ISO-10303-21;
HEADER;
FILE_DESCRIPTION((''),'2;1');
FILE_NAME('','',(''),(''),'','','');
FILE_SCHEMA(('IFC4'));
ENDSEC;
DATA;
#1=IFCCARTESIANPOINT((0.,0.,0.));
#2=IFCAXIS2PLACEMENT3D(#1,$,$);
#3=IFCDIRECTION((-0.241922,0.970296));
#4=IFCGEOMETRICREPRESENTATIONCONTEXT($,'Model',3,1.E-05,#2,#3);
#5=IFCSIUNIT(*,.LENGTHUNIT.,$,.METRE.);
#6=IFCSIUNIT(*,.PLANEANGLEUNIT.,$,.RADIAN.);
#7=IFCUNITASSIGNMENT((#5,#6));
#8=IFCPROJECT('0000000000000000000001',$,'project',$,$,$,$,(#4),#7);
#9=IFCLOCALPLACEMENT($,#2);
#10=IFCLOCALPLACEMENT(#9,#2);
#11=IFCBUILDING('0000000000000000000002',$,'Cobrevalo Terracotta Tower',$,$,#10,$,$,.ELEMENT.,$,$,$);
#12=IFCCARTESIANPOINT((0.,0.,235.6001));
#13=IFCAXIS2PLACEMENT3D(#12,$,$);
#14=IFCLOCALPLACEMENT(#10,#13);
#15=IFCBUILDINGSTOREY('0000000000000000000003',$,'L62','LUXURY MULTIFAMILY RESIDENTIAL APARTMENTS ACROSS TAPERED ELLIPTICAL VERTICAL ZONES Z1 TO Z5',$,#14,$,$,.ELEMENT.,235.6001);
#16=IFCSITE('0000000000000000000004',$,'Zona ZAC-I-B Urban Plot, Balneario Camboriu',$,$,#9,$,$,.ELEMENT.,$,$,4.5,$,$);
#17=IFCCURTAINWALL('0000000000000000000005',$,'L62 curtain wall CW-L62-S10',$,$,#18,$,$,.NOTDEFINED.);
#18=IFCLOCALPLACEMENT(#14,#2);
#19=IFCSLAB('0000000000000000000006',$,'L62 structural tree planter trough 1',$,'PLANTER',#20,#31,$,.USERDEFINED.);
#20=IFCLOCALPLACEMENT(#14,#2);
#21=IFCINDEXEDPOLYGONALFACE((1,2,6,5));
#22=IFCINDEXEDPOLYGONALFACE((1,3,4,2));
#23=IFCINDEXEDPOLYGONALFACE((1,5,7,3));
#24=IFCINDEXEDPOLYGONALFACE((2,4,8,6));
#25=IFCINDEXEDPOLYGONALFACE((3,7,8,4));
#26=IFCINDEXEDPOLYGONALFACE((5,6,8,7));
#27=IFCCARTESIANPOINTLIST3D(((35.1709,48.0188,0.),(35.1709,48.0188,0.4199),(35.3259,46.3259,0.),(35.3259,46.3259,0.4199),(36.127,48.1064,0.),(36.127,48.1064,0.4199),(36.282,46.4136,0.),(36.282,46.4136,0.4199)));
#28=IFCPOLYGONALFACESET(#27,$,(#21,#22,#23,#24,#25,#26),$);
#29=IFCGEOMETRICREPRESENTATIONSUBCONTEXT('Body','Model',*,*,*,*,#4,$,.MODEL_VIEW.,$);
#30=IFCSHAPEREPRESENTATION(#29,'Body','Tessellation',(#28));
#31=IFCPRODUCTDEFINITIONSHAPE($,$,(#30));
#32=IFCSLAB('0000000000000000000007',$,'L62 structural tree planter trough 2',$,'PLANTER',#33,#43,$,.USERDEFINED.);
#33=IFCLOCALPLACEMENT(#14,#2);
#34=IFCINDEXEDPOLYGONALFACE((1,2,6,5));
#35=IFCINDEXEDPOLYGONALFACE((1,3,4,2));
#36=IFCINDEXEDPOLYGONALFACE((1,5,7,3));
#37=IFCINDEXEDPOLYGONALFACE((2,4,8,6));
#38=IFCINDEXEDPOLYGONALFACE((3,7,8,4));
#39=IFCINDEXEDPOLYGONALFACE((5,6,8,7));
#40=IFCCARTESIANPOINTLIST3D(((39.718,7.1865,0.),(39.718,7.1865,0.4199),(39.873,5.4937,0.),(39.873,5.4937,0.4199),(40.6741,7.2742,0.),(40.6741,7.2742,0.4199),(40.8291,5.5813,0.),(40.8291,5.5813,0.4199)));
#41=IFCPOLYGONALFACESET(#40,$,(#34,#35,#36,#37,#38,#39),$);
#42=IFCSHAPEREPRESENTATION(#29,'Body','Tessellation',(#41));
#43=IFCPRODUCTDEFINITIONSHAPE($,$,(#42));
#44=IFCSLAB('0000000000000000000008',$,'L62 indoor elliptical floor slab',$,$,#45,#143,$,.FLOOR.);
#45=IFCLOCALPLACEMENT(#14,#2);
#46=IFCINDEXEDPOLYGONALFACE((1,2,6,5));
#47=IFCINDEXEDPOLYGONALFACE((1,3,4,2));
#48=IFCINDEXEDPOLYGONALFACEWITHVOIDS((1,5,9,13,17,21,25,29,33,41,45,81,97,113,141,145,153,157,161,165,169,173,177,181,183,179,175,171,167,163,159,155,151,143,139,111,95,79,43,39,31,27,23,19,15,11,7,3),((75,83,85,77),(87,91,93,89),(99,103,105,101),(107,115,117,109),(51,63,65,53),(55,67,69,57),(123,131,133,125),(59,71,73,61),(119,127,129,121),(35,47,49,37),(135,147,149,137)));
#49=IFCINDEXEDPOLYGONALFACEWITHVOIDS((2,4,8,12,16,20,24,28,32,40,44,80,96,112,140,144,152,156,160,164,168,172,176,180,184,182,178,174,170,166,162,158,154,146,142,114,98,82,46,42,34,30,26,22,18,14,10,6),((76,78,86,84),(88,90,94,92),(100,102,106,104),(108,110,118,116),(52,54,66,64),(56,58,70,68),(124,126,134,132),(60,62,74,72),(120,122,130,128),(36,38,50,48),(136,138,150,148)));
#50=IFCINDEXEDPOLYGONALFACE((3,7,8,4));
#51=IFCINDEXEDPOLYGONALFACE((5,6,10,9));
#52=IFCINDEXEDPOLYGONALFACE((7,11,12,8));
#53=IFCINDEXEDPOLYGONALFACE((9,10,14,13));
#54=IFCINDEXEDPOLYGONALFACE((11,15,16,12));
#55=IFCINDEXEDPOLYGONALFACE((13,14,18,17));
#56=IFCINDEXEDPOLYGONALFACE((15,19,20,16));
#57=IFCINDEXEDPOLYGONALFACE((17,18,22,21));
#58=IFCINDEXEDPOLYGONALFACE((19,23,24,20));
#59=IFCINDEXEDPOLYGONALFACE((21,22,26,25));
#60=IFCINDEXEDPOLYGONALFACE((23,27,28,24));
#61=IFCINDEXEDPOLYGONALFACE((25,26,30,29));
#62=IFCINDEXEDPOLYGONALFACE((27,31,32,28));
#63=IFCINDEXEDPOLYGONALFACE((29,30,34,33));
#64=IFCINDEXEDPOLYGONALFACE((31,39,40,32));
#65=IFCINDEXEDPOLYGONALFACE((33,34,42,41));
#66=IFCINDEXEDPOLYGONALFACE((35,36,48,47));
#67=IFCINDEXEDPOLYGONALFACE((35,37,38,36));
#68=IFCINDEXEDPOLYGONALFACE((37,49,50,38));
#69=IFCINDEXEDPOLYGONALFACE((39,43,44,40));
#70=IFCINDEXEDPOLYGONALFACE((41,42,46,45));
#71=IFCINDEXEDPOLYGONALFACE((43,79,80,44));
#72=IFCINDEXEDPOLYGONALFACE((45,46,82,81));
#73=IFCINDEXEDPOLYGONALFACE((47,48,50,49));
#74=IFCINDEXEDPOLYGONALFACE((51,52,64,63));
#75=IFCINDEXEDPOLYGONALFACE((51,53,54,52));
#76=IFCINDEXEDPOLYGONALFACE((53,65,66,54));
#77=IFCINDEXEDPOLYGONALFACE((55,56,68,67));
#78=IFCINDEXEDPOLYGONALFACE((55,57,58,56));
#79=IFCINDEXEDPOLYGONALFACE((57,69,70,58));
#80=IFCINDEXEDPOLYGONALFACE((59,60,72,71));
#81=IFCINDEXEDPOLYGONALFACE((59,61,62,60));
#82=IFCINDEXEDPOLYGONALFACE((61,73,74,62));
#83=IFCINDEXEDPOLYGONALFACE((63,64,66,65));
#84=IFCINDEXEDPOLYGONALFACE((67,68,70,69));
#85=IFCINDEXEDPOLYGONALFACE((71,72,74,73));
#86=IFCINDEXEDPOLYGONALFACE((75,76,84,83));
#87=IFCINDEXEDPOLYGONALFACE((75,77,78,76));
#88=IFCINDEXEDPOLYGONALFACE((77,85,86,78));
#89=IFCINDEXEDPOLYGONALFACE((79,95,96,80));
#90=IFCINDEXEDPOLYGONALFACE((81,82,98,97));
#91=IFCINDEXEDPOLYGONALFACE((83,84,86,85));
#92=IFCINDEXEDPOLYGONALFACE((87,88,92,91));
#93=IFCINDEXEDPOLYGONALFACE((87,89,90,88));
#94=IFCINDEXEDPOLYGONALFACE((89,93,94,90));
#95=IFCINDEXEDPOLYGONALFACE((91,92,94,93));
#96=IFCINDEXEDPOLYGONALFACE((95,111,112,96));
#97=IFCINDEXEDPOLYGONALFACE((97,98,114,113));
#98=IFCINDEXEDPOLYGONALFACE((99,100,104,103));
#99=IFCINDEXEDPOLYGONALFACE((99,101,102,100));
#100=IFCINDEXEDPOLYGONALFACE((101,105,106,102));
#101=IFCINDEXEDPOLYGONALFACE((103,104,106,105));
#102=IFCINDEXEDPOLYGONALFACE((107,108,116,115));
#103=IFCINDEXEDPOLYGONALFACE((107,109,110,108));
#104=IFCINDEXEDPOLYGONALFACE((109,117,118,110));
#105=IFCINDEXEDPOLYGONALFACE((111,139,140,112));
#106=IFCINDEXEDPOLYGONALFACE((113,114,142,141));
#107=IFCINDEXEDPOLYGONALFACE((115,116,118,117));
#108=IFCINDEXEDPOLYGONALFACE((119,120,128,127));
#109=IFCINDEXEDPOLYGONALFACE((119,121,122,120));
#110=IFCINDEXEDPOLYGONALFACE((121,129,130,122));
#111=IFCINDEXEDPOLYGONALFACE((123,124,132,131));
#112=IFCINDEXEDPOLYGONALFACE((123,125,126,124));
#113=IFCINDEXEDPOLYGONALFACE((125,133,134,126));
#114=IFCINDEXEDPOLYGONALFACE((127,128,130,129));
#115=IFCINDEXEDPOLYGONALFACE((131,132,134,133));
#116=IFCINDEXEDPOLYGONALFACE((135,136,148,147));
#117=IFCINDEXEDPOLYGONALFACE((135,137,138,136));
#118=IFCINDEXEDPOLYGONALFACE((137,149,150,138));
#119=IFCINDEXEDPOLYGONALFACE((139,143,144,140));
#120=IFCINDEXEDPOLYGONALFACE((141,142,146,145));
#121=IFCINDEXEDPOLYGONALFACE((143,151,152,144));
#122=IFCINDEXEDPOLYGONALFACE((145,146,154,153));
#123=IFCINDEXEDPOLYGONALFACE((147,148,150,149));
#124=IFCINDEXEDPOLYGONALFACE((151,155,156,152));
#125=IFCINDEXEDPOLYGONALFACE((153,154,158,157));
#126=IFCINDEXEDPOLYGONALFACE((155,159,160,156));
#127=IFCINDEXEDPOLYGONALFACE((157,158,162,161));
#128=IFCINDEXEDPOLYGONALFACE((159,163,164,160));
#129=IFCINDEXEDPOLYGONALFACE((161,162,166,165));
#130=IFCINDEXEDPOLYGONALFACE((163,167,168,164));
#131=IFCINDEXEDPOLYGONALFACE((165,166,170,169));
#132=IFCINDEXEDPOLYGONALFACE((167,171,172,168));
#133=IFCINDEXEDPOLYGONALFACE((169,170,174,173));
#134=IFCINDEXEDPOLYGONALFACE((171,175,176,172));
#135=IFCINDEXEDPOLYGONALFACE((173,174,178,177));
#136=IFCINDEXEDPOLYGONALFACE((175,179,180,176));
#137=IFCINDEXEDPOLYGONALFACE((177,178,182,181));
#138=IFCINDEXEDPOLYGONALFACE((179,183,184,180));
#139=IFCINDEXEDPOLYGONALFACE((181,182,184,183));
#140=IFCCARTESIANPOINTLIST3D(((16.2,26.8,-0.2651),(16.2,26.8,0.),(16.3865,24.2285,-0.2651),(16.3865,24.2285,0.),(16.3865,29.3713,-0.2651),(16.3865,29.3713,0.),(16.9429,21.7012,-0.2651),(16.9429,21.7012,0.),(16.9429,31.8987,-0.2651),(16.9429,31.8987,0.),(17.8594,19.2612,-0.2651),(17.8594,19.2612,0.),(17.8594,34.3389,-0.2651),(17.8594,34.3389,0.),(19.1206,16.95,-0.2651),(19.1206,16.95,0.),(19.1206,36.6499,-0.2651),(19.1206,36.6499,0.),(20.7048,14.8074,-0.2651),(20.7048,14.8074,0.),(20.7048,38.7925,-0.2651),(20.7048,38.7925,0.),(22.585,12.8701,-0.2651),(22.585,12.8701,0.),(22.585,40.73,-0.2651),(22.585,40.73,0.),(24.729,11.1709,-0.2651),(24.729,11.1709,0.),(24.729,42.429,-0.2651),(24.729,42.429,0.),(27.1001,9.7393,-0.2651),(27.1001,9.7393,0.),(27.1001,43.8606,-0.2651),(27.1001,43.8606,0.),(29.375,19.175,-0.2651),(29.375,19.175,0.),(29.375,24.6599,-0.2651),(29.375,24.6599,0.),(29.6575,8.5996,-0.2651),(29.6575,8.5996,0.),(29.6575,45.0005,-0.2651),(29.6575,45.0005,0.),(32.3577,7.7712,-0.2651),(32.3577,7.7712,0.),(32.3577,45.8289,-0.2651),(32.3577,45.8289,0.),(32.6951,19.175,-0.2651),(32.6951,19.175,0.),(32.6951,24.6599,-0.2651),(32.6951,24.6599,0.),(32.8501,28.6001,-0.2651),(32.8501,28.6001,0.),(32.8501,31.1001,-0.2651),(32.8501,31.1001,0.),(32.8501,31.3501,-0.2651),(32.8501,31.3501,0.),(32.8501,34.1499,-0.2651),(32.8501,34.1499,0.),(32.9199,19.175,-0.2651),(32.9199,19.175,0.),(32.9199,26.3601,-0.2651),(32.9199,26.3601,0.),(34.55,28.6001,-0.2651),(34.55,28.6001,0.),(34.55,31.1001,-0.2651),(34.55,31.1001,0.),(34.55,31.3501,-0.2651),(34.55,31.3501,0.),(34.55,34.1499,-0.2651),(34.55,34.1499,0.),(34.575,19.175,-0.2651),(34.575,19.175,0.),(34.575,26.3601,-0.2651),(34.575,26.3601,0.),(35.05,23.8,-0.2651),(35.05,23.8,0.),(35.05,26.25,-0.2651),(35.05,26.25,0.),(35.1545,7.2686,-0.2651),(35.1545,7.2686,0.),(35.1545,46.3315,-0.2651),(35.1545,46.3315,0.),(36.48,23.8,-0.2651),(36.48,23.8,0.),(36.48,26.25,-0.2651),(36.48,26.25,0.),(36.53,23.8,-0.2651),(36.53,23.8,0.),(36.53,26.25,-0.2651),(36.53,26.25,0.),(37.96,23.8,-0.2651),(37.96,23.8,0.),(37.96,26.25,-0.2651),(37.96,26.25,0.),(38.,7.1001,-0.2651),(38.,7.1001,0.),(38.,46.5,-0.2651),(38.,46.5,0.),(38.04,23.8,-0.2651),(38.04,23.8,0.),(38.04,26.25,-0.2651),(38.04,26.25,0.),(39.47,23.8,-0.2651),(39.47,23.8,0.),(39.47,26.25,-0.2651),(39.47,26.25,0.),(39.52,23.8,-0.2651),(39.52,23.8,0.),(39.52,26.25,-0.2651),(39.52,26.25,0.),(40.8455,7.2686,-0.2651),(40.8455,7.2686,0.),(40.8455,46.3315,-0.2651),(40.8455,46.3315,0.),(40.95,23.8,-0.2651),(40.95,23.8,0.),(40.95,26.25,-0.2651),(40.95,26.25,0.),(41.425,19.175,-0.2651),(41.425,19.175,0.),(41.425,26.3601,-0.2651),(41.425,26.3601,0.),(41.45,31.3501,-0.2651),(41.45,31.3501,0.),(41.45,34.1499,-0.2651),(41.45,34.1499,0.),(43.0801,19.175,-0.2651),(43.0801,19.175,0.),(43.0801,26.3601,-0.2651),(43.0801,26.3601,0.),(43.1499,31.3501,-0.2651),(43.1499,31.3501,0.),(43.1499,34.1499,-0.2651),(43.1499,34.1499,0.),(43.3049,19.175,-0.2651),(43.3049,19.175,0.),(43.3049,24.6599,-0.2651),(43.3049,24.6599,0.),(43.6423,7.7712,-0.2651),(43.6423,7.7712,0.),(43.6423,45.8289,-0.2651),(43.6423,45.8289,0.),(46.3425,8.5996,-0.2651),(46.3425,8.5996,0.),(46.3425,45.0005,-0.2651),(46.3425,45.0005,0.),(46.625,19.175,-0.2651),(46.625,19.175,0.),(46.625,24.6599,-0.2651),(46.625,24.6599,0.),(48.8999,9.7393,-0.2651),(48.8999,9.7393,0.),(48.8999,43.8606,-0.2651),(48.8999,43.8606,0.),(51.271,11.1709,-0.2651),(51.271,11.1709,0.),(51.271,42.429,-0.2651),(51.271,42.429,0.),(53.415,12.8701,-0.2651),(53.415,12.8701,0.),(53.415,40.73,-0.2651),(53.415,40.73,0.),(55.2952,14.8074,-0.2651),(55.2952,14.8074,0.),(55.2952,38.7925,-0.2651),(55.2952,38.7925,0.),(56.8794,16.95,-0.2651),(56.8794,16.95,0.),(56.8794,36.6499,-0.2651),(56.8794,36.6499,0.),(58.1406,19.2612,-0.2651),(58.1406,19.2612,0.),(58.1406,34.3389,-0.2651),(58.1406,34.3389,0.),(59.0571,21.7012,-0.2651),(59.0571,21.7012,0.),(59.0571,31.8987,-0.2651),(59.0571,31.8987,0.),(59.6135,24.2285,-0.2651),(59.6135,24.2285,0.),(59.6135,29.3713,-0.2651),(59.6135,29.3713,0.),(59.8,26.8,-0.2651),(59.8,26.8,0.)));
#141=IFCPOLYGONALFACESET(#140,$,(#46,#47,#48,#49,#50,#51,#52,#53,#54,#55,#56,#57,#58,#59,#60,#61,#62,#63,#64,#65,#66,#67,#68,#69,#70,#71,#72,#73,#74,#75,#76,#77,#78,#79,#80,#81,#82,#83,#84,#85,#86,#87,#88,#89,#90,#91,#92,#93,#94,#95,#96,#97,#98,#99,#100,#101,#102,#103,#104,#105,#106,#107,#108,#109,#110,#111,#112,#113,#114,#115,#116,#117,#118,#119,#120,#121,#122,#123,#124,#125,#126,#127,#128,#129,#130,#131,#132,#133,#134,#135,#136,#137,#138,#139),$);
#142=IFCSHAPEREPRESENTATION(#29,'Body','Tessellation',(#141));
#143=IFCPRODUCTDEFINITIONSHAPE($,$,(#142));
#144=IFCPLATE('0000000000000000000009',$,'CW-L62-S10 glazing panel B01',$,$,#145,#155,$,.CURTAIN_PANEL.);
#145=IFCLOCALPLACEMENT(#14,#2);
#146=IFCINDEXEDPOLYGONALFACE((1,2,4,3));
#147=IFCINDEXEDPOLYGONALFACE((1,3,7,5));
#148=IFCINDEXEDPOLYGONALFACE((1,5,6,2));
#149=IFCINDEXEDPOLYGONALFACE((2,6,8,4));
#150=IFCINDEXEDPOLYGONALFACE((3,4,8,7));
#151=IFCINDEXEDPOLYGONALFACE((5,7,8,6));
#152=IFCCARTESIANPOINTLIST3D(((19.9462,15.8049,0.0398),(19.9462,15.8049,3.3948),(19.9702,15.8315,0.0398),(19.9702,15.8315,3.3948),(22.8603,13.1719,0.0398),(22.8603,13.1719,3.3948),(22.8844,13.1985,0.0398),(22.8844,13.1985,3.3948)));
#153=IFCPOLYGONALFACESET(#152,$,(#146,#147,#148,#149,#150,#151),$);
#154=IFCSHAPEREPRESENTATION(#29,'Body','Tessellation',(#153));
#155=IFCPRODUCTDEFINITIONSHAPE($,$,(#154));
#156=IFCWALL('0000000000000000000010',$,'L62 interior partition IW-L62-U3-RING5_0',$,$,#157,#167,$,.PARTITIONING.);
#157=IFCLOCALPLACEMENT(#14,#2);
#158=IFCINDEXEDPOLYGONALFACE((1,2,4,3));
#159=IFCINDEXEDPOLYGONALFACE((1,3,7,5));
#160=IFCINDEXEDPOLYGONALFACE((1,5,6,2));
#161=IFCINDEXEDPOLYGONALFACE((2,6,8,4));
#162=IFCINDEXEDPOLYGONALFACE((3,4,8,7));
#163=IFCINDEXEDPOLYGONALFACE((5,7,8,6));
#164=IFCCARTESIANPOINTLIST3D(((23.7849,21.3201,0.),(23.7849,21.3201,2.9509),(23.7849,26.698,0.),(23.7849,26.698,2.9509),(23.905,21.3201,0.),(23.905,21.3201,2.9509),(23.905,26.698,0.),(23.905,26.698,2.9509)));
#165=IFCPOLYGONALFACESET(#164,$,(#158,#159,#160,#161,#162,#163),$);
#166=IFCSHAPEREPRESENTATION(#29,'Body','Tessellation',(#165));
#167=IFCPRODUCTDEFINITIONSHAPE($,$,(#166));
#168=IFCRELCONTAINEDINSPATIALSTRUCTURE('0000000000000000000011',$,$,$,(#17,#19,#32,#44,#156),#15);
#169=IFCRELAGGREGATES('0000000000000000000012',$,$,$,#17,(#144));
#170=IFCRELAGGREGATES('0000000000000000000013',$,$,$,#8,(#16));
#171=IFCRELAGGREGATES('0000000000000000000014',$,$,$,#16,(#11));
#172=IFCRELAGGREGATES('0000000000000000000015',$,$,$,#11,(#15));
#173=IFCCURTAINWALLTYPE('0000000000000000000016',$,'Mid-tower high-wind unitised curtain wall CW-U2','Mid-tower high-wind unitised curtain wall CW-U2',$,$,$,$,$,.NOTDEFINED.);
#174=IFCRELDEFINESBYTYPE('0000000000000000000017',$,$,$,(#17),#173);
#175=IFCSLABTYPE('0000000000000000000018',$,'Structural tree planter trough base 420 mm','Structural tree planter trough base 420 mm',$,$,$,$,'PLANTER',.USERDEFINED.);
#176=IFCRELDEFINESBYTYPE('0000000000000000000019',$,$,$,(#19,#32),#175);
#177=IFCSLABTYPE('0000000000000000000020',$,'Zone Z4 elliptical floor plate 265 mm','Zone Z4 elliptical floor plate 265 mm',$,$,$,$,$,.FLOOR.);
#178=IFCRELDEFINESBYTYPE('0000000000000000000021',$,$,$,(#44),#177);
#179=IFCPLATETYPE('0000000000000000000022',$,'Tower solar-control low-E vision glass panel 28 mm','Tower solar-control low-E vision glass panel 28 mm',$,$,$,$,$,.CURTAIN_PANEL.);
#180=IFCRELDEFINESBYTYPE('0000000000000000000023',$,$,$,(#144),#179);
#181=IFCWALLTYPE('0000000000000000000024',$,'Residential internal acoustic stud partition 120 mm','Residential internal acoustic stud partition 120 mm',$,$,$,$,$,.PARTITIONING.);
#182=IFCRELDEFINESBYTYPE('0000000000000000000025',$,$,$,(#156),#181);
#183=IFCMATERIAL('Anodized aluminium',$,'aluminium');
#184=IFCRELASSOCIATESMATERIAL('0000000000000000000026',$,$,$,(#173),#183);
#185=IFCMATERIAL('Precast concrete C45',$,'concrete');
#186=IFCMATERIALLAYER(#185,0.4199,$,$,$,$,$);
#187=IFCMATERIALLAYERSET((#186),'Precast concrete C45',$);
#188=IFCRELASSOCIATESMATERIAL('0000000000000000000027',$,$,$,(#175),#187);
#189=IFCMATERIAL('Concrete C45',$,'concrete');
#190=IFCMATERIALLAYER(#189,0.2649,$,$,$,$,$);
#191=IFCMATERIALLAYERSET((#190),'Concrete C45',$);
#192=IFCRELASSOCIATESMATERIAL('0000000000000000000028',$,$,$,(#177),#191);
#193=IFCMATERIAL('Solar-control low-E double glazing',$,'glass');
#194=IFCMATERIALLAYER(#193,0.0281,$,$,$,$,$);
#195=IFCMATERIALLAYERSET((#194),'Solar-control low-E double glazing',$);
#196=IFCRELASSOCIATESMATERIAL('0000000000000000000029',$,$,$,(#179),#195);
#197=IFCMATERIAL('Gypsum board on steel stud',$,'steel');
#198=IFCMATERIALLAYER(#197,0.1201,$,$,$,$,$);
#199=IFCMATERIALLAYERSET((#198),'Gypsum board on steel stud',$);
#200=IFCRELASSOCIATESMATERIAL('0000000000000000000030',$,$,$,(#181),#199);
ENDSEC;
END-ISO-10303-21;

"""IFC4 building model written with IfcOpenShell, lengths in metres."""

from ifc_helpers import new_model, si_unit, direction, frame, frame_2d, origin, origin_2d, place, context, subcontext, project, spatial, polyline, rectangle, outline, extrude, source, transform, mapped, material, layer, layer_set, type_object, element, aggregate, save


model = new_model("IFC4")

# Units and contexts
model_context = context("Model", 3, precision=1e-05, world=origin(), true_north=direction((-0.241922, 0.970296)))
body_context = subcontext(model_context, "Body", "Model", "MODEL_VIEW")
ifc_project = project(units=[si_unit("LENGTHUNIT", "METRE"), si_unit("PLANEANGLEUNIT", "RADIAN")], contexts=[model_context])

# Site, building, storey
site_placement = place(None, origin())
site = spatial("IfcSite", under=ifc_project, at=site_placement, Name="Zona ZAC-I-B Urban Plot, Balneario Camboriu", CompositionType="ELEMENT", RefElevation=4.5)
building_placement = place(site_placement, origin())
building = spatial("IfcBuilding", under=site, at=building_placement, Name="Cobrevalo Terracotta Tower", CompositionType="ELEMENT")
storey_placement = place(building_placement, frame((0.0, 0.0, 235.6001)))
storey = spatial("IfcBuildingStorey", under=building, at=storey_placement, Name="L62", Description="LUXURY MULTIFAMILY RESIDENTIAL APARTMENTS ACROSS TAPERED ELLIPTICAL VERTICAL ZONES Z1 TO Z5", CompositionType="ELEMENT", Elevation=235.6001)

# Curtain wall
ifc_material_1 = material(Name="Anodized aluminium", Category="aluminium")
curtain_wall_type = type_object("IfcCurtainWallType", Name="Mid-tower high-wind unitised curtain wall CW-U2", Description="Mid-tower high-wind unitised curtain wall CW-U2", PredefinedType="NOTDEFINED", material=ifc_material_1)
curtain_wall_placement = place(storey_placement, origin())
curtain_wall = element("IfcCurtainWall", 1, at=curtain_wall_placement, inside=storey, type_object=curtain_wall_type, Name="L62 curtain wall CW-L62-S10", PredefinedType="NOTDEFINED")

# Slabs
ifc_material_2 = material(Name="Concrete C45", Category="concrete")
ifc_material_3 = material(Name="Precast concrete C45", Category="concrete")
ifc_layer_1 = layer(ifc_material_3, 0.4199)
ifc_layer_set_1 = layer_set([ifc_layer_1], Name="Precast concrete C45")
slab_type_1 = type_object("IfcSlabType", Name="Structural tree planter trough base 420 mm", Description="Structural tree planter trough base 420 mm", ElementType="PLANTER", PredefinedType="USERDEFINED", material=ifc_layer_set_1)
slab_1_placement = place(storey_placement, origin())
element("IfcSlab", 2, at=slab_1_placement, inside=storey, type_object=slab_type_1, Name="L62 structural tree planter trough 1", ObjectType="PLANTER", PredefinedType="USERDEFINED", context=body_context, shape_type="SweptSolid", body=[
    extrude(outline(polyline([(36.282, 46.4136), (36.127, 48.1064), (35.1709, 48.0188), (35.3259, 46.3259), (36.282, 46.4136)])), origin(), (0.0, 0.0, 1.0), 0.4199),
])
slab_2_placement = place(storey_placement, origin())
element("IfcSlab", 3, at=slab_2_placement, inside=storey, type_object=slab_type_1, Name="L62 structural tree planter trough 2", ObjectType="PLANTER", PredefinedType="USERDEFINED", context=body_context, shape_type="SweptSolid", body=[
    extrude(outline(polyline([(39.718, 7.1865), (39.873, 5.4937), (40.8291, 5.5813), (40.6741, 7.2742), (39.718, 7.1865)])), origin(), (0.0, 0.0, 1.0), 0.4199),
])
ifc_layer_2 = layer(ifc_material_2, 0.2649)
ifc_layer_set_2 = layer_set([ifc_layer_2], Name="Concrete C45")
slab_type_2 = type_object("IfcSlabType", Name="Zone Z4 elliptical floor plate 265 mm", Description="Zone Z4 elliptical floor plate 265 mm", PredefinedType="FLOOR", material=ifc_layer_set_2)
slab_3_placement = place(storey_placement, frame((0.0, 0.0, -0.2651)))
element("IfcSlab", 4, at=slab_3_placement, inside=storey, type_object=slab_type_2, Name="L62 indoor elliptical floor slab", PredefinedType="FLOOR", context=body_context, shape_type="SweptSolid", body=[
    extrude(outline(polyline([(59.6135, 24.2285), (59.0571, 21.7012), (58.1406, 19.2612), (56.8794, 16.95), (55.2952, 14.8074), (53.415, 12.8701), (51.271, 11.1709), (48.8999, 9.7393), (46.3425, 8.5996), (43.6423, 7.7712), (40.8455, 7.2686), (38.0, 7.1001), (35.1545, 7.2686), (32.3577, 7.7712), (29.6575, 8.5996), (27.1001, 9.7393), (24.729, 11.1709), (22.585, 12.8701), (20.7048, 14.8074), (19.1206, 16.95), (17.8594, 19.2612), (16.9429, 21.7012), (16.3865, 24.2285), (16.2, 26.8), (16.3865, 29.3713), (16.9429, 31.8987), (17.8594, 34.3389), (19.1206, 36.6499), (20.7048, 38.7925), (22.585, 40.73), (24.729, 42.429), (27.1001, 43.8606), (29.6575, 45.0005), (32.3577, 45.8289), (35.1545, 46.3315), (38.0, 46.5), (40.8455, 46.3315), (43.6423, 45.8289), (46.3425, 45.0005), (48.8999, 43.8606), (51.271, 42.429), (53.415, 40.73), (55.2952, 38.7925), (56.8794, 36.6499), (58.1406, 34.3389), (59.0571, 31.8987), (59.6135, 29.3713), (59.8, 26.8), (59.6135, 24.2285)]), holes=[polyline([(32.6951, 19.175), (32.6951, 24.6599), (29.375, 24.6599), (29.375, 19.175), (32.6951, 19.175)]), polyline([(34.575, 26.3601), (32.9199, 26.3601), (32.9199, 19.175), (34.575, 19.175), (34.575, 26.3601)]), polyline([(36.48, 26.25), (35.05, 26.25), (35.05, 23.8), (36.48, 23.8), (36.48, 26.25)]), polyline([(37.96, 23.8), (37.96, 26.25), (36.53, 26.25), (36.53, 23.8), (37.96, 23.8)]), polyline([(34.55, 28.6001), (34.55, 31.1001), (32.8501, 31.1001), (32.8501, 28.6001), (34.55, 28.6001)]), polyline([(34.55, 34.1499), (32.8501, 34.1499), (32.8501, 31.3501), (34.55, 31.3501), (34.55, 34.1499)]), polyline([(43.3049, 19.175), (46.625, 19.175), (46.625, 24.6599), (43.3049, 24.6599), (43.3049, 19.175)]), polyline([(43.0801, 19.175), (43.0801, 26.3601), (41.425, 26.3601), (41.425, 19.175), (43.0801, 19.175)]), polyline([(39.47, 26.25), (38.04, 26.25), (38.04, 23.8), (39.47, 23.8), (39.47, 26.25)]), polyline([(40.95, 23.8), (40.95, 26.25), (39.52, 26.25), (39.52, 23.8), (40.95, 23.8)]), polyline([(43.1499, 31.3501), (43.1499, 34.1499), (41.45, 34.1499), (41.45, 31.3501), (43.1499, 31.3501)])]), origin(), (0.0, 0.0, 1.0), 0.2651),
])

# Plate
ifc_material_4 = material(Name="Solar-control low-E double glazing", Category="glass")
ifc_layer_3 = layer(ifc_material_4, 0.0281)
ifc_layer_set_3 = layer_set([ifc_layer_3], Name="Solar-control low-E double glazing")
plate_type = type_object("IfcPlateType", Name="Tower solar-control low-E vision glass panel 28 mm", Description="Tower solar-control low-E vision glass panel 28 mm", PredefinedType="CURTAIN_PANEL", material=ifc_layer_set_3)
shared_shape_1 = source(origin(), body_context, "Body", "SweptSolid", [
    extrude(rectangle(XDim=3.9275, YDim=0.0359, at=origin_2d()), origin(), (0.0, 0.0, 1.0), 3.355),
])
plate_placement = place(storey_placement, frame((21.4153, 14.5017, 0.0398), z_axis=(0.0, 0.0, 1.0), x_axis=(0.741988, -0.670414, 0.0)))
plate = element("IfcPlate", 5, at=plate_placement, type_object=plate_type, Name="CW-L62-S10 glazing panel B01", PredefinedType="CURTAIN_PANEL", context=body_context, shape_type="MappedRepresentation", body=[
    mapped(shared_shape_1, transform((0.0, 0.0, 0.0), scale=1.0)),
])
aggregate(curtain_wall, [plate])

# Wall
ifc_material_5 = material(Name="Gypsum board on steel stud", Category="steel")
ifc_layer_4 = layer(ifc_material_5, 0.1201)
ifc_layer_set_4 = layer_set([ifc_layer_4], Name="Gypsum board on steel stud")
wall_type = type_object("IfcWallType", Name="Residential internal acoustic stud partition 120 mm", Description="Residential internal acoustic stud partition 120 mm", PredefinedType="PARTITIONING", material=ifc_layer_set_4)
wall_placement = place(storey_placement, frame((23.845, 21.3201, 0.0), z_axis=(0.0, 0.0, 1.0), x_axis=(0.0, 1.0, 0.0)))
element("IfcWall", 6, at=wall_placement, inside=storey, type_object=wall_type, Name="L62 interior partition IW-L62-U3-RING5_0", PredefinedType="PARTITIONING", context=body_context, shape_type="SweptSolid", body=[
    extrude(rectangle(XDim=5.3779, YDim=0.1201, at=frame_2d((2.689, 0.0))), origin(), (0.0, 0.0, 1.0), 2.9509),
])

save(model, "model.ifc")
